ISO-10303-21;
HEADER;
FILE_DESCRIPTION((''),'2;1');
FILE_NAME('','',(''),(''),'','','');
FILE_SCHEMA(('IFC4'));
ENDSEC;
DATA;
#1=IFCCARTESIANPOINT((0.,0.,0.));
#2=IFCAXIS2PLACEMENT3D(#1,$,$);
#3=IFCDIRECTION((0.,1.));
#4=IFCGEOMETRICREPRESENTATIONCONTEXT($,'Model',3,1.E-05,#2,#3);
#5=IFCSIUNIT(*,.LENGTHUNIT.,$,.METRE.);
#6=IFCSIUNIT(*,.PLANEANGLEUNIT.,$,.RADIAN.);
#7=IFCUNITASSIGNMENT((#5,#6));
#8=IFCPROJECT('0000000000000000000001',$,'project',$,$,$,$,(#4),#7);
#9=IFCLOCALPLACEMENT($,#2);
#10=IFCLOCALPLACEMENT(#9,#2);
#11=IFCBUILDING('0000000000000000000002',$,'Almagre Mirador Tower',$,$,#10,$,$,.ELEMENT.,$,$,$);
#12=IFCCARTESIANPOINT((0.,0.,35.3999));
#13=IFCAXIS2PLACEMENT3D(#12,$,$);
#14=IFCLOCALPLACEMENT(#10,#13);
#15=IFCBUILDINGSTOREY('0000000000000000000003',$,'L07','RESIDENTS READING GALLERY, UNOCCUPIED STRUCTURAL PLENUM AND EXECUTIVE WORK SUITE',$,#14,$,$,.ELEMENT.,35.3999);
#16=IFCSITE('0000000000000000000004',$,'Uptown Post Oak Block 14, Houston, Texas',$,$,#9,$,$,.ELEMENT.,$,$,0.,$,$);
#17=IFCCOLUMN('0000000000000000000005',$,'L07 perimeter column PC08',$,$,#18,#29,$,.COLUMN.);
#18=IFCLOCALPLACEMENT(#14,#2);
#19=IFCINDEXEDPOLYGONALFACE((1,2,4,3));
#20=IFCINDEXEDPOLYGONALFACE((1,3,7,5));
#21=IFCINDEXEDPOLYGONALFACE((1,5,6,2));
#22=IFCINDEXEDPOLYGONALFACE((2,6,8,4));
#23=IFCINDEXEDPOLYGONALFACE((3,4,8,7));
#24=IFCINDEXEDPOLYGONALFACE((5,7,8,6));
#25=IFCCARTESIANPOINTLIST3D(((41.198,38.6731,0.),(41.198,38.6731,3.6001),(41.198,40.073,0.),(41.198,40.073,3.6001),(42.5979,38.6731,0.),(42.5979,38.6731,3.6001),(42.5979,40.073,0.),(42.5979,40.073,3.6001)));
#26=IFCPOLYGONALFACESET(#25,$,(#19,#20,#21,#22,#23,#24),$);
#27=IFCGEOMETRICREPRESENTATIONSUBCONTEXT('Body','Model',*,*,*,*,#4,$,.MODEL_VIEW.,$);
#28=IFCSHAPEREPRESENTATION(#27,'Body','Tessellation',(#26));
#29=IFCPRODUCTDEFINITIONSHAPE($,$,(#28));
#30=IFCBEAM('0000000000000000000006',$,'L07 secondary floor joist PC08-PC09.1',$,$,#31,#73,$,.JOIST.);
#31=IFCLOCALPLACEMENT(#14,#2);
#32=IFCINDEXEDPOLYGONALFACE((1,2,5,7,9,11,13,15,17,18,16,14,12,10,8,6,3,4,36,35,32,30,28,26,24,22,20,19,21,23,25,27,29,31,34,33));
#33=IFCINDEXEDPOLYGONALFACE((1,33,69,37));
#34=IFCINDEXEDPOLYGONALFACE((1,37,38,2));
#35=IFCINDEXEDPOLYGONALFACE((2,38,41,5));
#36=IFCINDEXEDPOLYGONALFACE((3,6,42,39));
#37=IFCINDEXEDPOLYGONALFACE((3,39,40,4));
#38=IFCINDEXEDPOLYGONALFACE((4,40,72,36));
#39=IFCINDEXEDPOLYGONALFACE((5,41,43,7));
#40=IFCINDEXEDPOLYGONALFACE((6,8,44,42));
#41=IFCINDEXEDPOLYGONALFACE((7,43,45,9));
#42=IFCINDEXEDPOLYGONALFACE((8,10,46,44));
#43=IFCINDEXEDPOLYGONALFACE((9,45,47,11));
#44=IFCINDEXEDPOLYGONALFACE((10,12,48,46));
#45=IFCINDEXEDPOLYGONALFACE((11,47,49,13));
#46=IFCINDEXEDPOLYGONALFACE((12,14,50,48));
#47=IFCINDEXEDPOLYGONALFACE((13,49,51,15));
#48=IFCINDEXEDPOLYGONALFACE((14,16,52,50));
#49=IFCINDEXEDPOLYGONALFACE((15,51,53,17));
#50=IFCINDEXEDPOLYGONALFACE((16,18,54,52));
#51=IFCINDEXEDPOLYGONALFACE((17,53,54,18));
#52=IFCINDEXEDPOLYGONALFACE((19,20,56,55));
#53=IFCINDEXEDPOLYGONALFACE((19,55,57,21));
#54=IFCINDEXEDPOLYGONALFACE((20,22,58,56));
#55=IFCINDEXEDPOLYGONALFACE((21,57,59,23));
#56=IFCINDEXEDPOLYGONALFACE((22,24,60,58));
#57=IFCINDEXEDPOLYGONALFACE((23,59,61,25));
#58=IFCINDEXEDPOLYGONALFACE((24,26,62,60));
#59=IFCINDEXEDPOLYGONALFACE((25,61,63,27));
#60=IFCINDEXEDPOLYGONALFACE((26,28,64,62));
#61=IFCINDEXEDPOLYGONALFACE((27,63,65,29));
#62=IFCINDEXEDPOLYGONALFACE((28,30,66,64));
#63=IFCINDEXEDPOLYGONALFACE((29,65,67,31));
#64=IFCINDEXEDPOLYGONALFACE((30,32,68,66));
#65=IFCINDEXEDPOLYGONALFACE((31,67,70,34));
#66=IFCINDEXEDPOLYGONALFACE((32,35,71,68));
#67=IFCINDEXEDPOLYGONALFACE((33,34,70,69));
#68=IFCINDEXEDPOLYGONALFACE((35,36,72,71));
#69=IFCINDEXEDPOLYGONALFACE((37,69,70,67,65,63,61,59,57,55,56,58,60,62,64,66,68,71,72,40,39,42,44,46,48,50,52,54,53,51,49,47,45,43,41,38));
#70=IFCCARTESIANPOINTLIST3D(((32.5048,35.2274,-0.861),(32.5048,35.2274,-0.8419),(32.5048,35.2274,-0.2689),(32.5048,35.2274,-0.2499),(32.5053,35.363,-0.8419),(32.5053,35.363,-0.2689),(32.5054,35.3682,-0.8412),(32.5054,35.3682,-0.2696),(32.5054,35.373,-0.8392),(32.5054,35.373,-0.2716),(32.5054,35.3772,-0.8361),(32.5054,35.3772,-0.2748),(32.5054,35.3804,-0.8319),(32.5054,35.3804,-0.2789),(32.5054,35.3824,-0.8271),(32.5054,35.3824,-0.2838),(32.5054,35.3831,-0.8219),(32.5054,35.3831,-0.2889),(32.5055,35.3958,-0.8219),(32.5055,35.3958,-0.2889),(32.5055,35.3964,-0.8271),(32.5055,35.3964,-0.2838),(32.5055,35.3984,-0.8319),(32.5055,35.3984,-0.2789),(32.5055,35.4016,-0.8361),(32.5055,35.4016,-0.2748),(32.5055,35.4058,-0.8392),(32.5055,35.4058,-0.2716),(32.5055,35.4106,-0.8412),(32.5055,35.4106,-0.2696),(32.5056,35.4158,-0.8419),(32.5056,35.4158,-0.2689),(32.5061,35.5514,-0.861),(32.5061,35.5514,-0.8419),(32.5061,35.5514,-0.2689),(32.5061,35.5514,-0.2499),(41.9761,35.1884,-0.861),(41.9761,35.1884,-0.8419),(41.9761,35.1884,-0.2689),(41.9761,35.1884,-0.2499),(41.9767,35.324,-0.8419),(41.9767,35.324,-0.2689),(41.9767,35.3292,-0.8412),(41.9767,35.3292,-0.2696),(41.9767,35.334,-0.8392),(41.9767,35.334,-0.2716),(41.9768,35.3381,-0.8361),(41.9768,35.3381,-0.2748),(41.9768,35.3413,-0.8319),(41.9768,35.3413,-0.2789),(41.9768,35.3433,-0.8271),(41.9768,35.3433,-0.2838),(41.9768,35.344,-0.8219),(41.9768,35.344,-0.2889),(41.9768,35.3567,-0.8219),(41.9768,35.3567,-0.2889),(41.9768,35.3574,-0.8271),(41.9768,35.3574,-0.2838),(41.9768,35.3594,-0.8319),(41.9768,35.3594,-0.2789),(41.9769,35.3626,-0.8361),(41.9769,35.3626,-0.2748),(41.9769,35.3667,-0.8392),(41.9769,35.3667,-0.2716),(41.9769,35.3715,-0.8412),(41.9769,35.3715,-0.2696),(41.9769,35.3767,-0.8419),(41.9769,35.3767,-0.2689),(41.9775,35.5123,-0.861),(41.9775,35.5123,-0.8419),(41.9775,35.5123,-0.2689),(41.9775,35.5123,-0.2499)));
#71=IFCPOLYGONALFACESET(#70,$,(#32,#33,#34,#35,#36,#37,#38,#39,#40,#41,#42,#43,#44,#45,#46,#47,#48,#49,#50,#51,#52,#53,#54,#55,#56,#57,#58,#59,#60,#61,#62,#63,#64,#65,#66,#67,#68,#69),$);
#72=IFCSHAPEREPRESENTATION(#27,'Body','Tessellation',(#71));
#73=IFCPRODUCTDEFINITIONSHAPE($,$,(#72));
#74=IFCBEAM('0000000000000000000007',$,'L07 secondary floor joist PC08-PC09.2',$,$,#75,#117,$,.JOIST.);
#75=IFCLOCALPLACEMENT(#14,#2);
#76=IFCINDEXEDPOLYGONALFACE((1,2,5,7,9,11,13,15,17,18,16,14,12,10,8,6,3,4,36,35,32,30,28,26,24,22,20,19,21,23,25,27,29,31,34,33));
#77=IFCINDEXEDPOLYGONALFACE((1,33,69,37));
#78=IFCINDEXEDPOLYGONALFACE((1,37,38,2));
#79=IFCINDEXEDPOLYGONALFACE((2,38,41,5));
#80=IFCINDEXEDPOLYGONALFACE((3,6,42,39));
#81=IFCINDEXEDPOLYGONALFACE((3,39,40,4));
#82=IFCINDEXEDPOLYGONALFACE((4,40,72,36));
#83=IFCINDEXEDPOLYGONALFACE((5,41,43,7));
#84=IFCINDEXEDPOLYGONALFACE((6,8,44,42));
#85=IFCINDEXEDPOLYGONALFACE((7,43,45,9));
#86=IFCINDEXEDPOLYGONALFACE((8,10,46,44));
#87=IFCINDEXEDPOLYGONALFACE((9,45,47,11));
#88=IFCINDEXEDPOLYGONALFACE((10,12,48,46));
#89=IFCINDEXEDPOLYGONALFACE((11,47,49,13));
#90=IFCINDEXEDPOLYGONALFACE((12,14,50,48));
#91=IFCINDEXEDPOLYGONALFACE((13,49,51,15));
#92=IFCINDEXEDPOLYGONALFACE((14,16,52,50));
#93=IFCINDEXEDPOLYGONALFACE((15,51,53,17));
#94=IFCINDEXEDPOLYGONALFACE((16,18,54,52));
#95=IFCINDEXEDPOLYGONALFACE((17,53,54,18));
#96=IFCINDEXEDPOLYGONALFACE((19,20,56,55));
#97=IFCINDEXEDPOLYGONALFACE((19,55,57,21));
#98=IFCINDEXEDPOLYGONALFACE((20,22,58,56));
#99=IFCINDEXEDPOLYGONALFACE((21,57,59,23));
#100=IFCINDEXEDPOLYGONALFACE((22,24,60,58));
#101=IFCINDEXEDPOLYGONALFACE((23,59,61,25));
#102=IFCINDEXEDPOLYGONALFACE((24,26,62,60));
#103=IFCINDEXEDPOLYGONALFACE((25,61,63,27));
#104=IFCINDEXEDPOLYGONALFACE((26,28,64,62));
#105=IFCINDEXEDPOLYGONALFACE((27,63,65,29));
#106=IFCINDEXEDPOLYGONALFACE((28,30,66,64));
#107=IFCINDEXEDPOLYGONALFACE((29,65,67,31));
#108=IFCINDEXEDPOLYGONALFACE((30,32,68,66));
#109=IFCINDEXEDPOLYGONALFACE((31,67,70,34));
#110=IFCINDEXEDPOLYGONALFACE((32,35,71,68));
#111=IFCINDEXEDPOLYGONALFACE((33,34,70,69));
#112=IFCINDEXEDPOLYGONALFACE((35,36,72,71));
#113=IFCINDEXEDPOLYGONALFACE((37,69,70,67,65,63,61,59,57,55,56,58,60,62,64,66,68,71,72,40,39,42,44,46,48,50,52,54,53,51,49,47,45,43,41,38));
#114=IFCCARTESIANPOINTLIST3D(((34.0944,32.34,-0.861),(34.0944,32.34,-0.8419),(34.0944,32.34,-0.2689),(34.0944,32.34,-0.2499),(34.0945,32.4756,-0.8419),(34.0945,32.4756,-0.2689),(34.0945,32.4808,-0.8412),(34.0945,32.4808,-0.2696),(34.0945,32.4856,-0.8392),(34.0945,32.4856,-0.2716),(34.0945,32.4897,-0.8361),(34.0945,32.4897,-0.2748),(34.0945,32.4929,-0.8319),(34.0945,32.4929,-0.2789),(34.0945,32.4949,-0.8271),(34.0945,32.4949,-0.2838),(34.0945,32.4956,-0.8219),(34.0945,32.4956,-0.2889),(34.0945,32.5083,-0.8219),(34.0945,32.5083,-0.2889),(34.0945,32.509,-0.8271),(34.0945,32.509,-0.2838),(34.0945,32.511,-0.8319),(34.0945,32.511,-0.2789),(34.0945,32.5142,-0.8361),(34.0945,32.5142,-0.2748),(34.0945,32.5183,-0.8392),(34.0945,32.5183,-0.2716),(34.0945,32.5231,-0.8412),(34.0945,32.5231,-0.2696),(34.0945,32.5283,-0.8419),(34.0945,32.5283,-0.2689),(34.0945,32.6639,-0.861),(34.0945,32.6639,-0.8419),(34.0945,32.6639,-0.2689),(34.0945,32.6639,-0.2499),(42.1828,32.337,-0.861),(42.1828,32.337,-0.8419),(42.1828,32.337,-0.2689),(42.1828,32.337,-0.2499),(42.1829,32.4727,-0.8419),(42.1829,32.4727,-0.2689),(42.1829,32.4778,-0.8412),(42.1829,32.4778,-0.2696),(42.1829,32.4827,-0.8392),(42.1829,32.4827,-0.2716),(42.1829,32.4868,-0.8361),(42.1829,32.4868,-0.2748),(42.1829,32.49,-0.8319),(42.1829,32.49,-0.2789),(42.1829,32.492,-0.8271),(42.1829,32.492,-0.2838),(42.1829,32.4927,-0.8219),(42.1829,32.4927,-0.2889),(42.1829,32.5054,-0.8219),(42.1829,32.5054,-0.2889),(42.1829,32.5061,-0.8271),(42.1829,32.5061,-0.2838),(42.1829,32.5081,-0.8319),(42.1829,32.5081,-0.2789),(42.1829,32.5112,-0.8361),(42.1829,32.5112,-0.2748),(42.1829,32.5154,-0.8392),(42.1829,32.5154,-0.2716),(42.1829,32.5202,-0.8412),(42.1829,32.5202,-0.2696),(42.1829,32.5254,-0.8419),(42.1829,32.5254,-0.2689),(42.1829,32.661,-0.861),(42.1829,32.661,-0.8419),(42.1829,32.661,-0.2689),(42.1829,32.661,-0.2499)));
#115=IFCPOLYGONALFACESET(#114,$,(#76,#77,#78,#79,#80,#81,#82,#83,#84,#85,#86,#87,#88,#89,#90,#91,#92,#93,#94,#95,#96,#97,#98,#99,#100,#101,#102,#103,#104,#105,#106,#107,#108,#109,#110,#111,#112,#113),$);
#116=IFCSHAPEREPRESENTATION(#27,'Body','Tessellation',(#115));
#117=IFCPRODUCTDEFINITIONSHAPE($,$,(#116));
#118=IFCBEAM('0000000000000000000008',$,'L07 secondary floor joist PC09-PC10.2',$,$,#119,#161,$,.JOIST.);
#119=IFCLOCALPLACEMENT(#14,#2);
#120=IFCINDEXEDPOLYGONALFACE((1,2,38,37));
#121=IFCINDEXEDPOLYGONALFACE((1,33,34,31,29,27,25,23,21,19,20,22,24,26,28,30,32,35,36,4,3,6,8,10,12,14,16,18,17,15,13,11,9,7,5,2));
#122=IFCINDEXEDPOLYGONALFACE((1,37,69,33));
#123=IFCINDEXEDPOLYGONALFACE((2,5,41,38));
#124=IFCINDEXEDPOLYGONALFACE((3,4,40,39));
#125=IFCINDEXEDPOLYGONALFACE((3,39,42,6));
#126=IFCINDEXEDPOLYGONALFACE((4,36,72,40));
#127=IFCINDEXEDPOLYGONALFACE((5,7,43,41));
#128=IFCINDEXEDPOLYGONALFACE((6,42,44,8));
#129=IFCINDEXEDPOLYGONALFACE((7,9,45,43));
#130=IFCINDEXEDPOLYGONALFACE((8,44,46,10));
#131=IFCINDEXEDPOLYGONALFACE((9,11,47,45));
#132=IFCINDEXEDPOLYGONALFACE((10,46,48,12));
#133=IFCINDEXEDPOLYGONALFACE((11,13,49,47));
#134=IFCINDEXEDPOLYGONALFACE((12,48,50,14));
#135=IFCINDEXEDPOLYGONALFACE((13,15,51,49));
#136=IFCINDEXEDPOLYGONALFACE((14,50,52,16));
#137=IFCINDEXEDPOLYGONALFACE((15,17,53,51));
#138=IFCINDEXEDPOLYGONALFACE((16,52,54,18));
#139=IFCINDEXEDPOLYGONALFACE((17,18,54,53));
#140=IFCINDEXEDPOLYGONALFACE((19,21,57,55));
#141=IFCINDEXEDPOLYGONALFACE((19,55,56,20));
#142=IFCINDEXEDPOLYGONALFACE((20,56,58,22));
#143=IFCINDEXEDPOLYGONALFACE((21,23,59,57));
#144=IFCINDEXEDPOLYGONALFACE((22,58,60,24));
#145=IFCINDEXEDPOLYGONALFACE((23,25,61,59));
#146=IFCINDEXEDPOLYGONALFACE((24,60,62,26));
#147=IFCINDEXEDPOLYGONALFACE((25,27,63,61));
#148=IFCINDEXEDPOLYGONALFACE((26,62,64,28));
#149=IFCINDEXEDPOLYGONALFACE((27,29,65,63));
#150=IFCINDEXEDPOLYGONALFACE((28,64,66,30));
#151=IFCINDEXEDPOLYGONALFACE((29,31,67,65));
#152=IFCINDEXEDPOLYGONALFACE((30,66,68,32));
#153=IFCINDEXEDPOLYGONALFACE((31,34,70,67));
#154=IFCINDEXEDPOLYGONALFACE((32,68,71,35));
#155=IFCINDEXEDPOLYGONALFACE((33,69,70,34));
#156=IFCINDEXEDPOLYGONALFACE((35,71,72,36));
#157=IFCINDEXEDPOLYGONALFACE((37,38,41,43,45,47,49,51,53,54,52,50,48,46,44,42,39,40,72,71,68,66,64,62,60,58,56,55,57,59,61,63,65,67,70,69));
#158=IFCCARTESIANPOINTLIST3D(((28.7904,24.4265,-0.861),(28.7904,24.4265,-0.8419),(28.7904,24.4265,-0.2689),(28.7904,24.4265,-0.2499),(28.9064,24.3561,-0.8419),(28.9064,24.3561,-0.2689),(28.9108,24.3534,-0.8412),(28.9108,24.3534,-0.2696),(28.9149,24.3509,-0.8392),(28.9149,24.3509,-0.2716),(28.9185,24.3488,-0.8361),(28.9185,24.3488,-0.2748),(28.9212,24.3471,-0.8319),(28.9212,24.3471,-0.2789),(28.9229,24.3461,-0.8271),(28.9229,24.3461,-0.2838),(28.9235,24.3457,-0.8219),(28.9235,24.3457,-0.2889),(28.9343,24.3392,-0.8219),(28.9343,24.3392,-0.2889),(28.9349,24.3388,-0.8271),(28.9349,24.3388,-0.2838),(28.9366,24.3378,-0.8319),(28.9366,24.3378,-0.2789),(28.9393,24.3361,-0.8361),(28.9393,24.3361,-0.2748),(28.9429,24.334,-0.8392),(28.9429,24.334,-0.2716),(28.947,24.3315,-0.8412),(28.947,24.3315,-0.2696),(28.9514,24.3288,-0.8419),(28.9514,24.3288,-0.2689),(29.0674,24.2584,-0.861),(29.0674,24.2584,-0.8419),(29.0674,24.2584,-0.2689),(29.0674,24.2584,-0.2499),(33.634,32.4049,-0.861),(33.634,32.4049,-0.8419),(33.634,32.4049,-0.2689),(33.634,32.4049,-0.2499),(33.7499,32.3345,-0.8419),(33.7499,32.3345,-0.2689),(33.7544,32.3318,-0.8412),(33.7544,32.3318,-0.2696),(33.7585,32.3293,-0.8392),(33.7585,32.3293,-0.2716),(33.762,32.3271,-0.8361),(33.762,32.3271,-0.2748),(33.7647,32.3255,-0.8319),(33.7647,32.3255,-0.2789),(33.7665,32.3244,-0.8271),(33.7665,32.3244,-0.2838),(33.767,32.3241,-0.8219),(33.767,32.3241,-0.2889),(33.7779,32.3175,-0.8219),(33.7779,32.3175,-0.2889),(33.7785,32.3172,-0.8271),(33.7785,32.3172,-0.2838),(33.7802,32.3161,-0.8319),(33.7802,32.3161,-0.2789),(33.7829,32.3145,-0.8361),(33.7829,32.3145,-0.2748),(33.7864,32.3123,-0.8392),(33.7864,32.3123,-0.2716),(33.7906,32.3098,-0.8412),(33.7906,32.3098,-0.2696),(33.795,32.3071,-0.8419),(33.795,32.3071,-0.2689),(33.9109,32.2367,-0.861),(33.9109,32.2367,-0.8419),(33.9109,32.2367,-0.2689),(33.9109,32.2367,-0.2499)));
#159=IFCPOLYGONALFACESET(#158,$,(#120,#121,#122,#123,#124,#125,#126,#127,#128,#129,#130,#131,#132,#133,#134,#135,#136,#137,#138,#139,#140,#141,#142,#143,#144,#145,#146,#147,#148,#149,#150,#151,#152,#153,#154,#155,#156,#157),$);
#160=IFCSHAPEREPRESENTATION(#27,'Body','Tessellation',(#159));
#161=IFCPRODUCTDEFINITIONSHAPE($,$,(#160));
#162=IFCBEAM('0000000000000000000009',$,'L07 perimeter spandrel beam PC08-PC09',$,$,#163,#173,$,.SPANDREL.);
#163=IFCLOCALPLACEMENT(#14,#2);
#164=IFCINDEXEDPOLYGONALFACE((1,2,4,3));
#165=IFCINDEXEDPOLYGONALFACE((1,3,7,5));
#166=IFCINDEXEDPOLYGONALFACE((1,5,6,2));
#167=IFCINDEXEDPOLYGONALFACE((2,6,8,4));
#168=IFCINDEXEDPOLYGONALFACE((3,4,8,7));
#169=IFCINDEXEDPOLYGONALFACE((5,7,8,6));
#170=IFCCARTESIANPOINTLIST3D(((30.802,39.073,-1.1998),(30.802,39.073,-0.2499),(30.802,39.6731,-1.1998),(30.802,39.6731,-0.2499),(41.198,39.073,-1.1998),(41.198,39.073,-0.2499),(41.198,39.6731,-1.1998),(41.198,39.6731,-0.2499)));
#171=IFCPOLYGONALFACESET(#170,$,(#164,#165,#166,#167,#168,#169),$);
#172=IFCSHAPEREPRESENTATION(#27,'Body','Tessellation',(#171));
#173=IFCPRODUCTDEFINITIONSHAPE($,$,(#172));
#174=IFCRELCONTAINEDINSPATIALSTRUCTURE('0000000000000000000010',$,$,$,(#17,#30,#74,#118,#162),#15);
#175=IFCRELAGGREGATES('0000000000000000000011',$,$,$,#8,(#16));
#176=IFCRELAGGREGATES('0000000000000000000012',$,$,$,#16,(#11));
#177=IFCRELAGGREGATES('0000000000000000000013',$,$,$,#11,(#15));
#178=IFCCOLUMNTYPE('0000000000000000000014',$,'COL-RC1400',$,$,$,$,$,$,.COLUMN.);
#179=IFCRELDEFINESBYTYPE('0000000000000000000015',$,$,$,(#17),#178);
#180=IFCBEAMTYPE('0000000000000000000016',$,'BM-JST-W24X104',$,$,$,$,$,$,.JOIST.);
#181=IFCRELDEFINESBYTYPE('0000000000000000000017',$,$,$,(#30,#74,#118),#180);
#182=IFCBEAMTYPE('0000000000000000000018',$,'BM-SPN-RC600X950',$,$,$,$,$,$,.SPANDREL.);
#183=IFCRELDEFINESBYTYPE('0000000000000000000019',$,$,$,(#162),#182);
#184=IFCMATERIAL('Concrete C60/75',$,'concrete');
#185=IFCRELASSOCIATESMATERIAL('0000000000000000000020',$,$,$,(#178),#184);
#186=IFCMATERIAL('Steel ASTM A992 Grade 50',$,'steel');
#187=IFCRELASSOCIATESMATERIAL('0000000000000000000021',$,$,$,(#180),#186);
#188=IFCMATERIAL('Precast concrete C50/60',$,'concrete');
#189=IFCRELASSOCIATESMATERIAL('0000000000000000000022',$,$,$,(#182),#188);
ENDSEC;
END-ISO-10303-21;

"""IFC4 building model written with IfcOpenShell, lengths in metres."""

from ifc_helpers import new_model, si_unit, direction, frame, origin, origin_2d, place, context, subcontext, project, spatial, rectangle, i_section, extrude, material, material_profile, profile_set, type_object, element, save


model = new_model("IFC4")

# Units and contexts
model_context = context("Model", 3, precision=1e-05, world=origin(), true_north=direction((0.0, 1.0)))
body_context = subcontext(model_context, "Body", "Model", "MODEL_VIEW")
ifc_project = project(units=[si_unit("LENGTHUNIT", "METRE"), si_unit("PLANEANGLEUNIT", "RADIAN")], contexts=[model_context])

# Site, building, storey
site_placement = place(None, origin())
site = spatial("IfcSite", under=ifc_project, at=site_placement, Name="Uptown Post Oak Block 14, Houston, Texas", CompositionType="ELEMENT", RefElevation=0.0)
building_placement = place(site_placement, origin())
building = spatial("IfcBuilding", under=site, at=building_placement, Name="Almagre Mirador Tower", CompositionType="ELEMENT")
storey_placement = place(building_placement, frame((0.0, 0.0, 35.3999)))
storey = spatial("IfcBuildingStorey", under=building, at=storey_placement, Name="L07", Description="RESIDENTS READING GALLERY, UNOCCUPIED STRUCTURAL PLENUM AND EXECUTIVE WORK SUITE", CompositionType="ELEMENT", Elevation=35.3999)

# Column
ifc_material_1 = material(Name="Concrete C60/75", Category="concrete")
ifc_material_profile_1 = material_profile(ifc_material_1, rectangle(XDim=1.3999, YDim=1.3999, at=origin_2d()), Name="RC1400X1400")
ifc_profile_set_1 = profile_set([ifc_material_profile_1], Name="Concrete C60/75")
column_type = type_object("IfcColumnType", Name="COL-RC1400", PredefinedType="COLUMN", material=ifc_profile_set_1)
column_placement = place(storey_placement, frame((41.8979, 39.373, 0.0), z_axis=(0.0, 0.0, 1.0), x_axis=(1.0, 0.0, 0.0)))
element("IfcColumn", 1, at=column_placement, inside=storey, type_object=column_type, Name="L07 perimeter column PC08", PredefinedType="COLUMN", context=body_context, shape_type="SweptSolid", body=[
    extrude(rectangle(XDim=1.3999, YDim=1.3999, at=origin_2d()), origin(), (0.0, 0.0, 1.0), 3.6001),
])

# Beams
ifc_material_2 = material(Name="Steel ASTM A992 Grade 50", Category="steel")
ifc_material_profile_2 = material_profile(ifc_material_2, i_section(OverallWidth=0.324, OverallDepth=0.6111, WebThickness=0.0127, FlangeThickness=0.019, FilletRadius=0.02, at=origin_2d()), Name="W24X104")
ifc_profile_set_2 = profile_set([ifc_material_profile_2], Name="Steel ASTM A992 Grade 50")
beam_type_1 = type_object("IfcBeamType", Name="BM-JST-W24X104", PredefinedType="JOIST", material=ifc_profile_set_2)
beam_1_placement = place(storey_placement, frame((41.9768, 35.3503, -0.5554), z_axis=(-0.999991, 0.004124, 0.0), x_axis=(-0.004124, -0.999991, 0.0)))
element("IfcBeam", 2, at=beam_1_placement, inside=storey, type_object=beam_type_1, Name="L07 secondary floor joist PC08-PC09.1", PredefinedType="JOIST", context=body_context, shape_type="SweptSolid", body=[
    extrude(i_section(OverallWidth=0.324, OverallDepth=0.6111, WebThickness=0.0127, FlangeThickness=0.019, FilletRadius=0.02, at=origin_2d()), origin(), (0.0, 0.0, 1.0), 9.4714),
])
beam_2_placement = place(storey_placement, frame((42.1829, 32.499, -0.5554), z_axis=(-1.0, 0.000362, 0.0), x_axis=(-0.000362, -1.0, 0.0)))
element("IfcBeam", 3, at=beam_2_placement, inside=storey, type_object=beam_type_1, Name="L07 secondary floor joist PC08-PC09.2", PredefinedType="JOIST", context=body_context, shape_type="SweptSolid", body=[
    extrude(i_section(OverallWidth=0.324, OverallDepth=0.6111, WebThickness=0.0127, FlangeThickness=0.019, FilletRadius=0.02, at=origin_2d()), origin(), (0.0, 0.0, 1.0), 8.0884),
])
beam_3_placement = place(storey_placement, frame((33.7725, 32.3208, -0.5554), z_axis=(-0.518943, -0.854809, 0.0), x_axis=(0.854809, -0.518943, 0.0)))
element("IfcBeam", 4, at=beam_3_placement, inside=storey, type_object=beam_type_1, Name="L07 secondary floor joist PC09-PC10.2", PredefinedType="JOIST", context=body_context, shape_type="SweptSolid", body=[
    extrude(i_section(OverallWidth=0.324, OverallDepth=0.6111, WebThickness=0.0127, FlangeThickness=0.019, FilletRadius=0.02, at=origin_2d()), origin(), (0.0, 0.0, 1.0), 9.3335),
])
ifc_material_3 = material(Name="Precast concrete C50/60", Category="concrete")
ifc_material_profile_3 = material_profile(ifc_material_3, rectangle(XDim=0.6001, YDim=0.95, at=origin_2d()), Name="RC600X950")
ifc_profile_set_3 = profile_set([ifc_material_profile_3], Name="Precast concrete C50/60")
beam_type_2 = type_object("IfcBeamType", Name="BM-SPN-RC600X950", PredefinedType="SPANDREL", material=ifc_profile_set_3)
beam_4_placement = place(storey_placement, frame((41.198, 39.373, -0.7249), z_axis=(-1.0, 0.0, 0.0), x_axis=(0.0, -1.0, 0.0)))
element("IfcBeam", 5, at=beam_4_placement, inside=storey, type_object=beam_type_2, Name="L07 perimeter spandrel beam PC08-PC09", PredefinedType="SPANDREL", context=body_context, shape_type="SweptSolid", body=[
    extrude(rectangle(XDim=0.6001, YDim=0.95, at=origin_2d()), origin(), (0.0, 0.0, 1.0), 10.396),
])

save(model, "model.ifc")
